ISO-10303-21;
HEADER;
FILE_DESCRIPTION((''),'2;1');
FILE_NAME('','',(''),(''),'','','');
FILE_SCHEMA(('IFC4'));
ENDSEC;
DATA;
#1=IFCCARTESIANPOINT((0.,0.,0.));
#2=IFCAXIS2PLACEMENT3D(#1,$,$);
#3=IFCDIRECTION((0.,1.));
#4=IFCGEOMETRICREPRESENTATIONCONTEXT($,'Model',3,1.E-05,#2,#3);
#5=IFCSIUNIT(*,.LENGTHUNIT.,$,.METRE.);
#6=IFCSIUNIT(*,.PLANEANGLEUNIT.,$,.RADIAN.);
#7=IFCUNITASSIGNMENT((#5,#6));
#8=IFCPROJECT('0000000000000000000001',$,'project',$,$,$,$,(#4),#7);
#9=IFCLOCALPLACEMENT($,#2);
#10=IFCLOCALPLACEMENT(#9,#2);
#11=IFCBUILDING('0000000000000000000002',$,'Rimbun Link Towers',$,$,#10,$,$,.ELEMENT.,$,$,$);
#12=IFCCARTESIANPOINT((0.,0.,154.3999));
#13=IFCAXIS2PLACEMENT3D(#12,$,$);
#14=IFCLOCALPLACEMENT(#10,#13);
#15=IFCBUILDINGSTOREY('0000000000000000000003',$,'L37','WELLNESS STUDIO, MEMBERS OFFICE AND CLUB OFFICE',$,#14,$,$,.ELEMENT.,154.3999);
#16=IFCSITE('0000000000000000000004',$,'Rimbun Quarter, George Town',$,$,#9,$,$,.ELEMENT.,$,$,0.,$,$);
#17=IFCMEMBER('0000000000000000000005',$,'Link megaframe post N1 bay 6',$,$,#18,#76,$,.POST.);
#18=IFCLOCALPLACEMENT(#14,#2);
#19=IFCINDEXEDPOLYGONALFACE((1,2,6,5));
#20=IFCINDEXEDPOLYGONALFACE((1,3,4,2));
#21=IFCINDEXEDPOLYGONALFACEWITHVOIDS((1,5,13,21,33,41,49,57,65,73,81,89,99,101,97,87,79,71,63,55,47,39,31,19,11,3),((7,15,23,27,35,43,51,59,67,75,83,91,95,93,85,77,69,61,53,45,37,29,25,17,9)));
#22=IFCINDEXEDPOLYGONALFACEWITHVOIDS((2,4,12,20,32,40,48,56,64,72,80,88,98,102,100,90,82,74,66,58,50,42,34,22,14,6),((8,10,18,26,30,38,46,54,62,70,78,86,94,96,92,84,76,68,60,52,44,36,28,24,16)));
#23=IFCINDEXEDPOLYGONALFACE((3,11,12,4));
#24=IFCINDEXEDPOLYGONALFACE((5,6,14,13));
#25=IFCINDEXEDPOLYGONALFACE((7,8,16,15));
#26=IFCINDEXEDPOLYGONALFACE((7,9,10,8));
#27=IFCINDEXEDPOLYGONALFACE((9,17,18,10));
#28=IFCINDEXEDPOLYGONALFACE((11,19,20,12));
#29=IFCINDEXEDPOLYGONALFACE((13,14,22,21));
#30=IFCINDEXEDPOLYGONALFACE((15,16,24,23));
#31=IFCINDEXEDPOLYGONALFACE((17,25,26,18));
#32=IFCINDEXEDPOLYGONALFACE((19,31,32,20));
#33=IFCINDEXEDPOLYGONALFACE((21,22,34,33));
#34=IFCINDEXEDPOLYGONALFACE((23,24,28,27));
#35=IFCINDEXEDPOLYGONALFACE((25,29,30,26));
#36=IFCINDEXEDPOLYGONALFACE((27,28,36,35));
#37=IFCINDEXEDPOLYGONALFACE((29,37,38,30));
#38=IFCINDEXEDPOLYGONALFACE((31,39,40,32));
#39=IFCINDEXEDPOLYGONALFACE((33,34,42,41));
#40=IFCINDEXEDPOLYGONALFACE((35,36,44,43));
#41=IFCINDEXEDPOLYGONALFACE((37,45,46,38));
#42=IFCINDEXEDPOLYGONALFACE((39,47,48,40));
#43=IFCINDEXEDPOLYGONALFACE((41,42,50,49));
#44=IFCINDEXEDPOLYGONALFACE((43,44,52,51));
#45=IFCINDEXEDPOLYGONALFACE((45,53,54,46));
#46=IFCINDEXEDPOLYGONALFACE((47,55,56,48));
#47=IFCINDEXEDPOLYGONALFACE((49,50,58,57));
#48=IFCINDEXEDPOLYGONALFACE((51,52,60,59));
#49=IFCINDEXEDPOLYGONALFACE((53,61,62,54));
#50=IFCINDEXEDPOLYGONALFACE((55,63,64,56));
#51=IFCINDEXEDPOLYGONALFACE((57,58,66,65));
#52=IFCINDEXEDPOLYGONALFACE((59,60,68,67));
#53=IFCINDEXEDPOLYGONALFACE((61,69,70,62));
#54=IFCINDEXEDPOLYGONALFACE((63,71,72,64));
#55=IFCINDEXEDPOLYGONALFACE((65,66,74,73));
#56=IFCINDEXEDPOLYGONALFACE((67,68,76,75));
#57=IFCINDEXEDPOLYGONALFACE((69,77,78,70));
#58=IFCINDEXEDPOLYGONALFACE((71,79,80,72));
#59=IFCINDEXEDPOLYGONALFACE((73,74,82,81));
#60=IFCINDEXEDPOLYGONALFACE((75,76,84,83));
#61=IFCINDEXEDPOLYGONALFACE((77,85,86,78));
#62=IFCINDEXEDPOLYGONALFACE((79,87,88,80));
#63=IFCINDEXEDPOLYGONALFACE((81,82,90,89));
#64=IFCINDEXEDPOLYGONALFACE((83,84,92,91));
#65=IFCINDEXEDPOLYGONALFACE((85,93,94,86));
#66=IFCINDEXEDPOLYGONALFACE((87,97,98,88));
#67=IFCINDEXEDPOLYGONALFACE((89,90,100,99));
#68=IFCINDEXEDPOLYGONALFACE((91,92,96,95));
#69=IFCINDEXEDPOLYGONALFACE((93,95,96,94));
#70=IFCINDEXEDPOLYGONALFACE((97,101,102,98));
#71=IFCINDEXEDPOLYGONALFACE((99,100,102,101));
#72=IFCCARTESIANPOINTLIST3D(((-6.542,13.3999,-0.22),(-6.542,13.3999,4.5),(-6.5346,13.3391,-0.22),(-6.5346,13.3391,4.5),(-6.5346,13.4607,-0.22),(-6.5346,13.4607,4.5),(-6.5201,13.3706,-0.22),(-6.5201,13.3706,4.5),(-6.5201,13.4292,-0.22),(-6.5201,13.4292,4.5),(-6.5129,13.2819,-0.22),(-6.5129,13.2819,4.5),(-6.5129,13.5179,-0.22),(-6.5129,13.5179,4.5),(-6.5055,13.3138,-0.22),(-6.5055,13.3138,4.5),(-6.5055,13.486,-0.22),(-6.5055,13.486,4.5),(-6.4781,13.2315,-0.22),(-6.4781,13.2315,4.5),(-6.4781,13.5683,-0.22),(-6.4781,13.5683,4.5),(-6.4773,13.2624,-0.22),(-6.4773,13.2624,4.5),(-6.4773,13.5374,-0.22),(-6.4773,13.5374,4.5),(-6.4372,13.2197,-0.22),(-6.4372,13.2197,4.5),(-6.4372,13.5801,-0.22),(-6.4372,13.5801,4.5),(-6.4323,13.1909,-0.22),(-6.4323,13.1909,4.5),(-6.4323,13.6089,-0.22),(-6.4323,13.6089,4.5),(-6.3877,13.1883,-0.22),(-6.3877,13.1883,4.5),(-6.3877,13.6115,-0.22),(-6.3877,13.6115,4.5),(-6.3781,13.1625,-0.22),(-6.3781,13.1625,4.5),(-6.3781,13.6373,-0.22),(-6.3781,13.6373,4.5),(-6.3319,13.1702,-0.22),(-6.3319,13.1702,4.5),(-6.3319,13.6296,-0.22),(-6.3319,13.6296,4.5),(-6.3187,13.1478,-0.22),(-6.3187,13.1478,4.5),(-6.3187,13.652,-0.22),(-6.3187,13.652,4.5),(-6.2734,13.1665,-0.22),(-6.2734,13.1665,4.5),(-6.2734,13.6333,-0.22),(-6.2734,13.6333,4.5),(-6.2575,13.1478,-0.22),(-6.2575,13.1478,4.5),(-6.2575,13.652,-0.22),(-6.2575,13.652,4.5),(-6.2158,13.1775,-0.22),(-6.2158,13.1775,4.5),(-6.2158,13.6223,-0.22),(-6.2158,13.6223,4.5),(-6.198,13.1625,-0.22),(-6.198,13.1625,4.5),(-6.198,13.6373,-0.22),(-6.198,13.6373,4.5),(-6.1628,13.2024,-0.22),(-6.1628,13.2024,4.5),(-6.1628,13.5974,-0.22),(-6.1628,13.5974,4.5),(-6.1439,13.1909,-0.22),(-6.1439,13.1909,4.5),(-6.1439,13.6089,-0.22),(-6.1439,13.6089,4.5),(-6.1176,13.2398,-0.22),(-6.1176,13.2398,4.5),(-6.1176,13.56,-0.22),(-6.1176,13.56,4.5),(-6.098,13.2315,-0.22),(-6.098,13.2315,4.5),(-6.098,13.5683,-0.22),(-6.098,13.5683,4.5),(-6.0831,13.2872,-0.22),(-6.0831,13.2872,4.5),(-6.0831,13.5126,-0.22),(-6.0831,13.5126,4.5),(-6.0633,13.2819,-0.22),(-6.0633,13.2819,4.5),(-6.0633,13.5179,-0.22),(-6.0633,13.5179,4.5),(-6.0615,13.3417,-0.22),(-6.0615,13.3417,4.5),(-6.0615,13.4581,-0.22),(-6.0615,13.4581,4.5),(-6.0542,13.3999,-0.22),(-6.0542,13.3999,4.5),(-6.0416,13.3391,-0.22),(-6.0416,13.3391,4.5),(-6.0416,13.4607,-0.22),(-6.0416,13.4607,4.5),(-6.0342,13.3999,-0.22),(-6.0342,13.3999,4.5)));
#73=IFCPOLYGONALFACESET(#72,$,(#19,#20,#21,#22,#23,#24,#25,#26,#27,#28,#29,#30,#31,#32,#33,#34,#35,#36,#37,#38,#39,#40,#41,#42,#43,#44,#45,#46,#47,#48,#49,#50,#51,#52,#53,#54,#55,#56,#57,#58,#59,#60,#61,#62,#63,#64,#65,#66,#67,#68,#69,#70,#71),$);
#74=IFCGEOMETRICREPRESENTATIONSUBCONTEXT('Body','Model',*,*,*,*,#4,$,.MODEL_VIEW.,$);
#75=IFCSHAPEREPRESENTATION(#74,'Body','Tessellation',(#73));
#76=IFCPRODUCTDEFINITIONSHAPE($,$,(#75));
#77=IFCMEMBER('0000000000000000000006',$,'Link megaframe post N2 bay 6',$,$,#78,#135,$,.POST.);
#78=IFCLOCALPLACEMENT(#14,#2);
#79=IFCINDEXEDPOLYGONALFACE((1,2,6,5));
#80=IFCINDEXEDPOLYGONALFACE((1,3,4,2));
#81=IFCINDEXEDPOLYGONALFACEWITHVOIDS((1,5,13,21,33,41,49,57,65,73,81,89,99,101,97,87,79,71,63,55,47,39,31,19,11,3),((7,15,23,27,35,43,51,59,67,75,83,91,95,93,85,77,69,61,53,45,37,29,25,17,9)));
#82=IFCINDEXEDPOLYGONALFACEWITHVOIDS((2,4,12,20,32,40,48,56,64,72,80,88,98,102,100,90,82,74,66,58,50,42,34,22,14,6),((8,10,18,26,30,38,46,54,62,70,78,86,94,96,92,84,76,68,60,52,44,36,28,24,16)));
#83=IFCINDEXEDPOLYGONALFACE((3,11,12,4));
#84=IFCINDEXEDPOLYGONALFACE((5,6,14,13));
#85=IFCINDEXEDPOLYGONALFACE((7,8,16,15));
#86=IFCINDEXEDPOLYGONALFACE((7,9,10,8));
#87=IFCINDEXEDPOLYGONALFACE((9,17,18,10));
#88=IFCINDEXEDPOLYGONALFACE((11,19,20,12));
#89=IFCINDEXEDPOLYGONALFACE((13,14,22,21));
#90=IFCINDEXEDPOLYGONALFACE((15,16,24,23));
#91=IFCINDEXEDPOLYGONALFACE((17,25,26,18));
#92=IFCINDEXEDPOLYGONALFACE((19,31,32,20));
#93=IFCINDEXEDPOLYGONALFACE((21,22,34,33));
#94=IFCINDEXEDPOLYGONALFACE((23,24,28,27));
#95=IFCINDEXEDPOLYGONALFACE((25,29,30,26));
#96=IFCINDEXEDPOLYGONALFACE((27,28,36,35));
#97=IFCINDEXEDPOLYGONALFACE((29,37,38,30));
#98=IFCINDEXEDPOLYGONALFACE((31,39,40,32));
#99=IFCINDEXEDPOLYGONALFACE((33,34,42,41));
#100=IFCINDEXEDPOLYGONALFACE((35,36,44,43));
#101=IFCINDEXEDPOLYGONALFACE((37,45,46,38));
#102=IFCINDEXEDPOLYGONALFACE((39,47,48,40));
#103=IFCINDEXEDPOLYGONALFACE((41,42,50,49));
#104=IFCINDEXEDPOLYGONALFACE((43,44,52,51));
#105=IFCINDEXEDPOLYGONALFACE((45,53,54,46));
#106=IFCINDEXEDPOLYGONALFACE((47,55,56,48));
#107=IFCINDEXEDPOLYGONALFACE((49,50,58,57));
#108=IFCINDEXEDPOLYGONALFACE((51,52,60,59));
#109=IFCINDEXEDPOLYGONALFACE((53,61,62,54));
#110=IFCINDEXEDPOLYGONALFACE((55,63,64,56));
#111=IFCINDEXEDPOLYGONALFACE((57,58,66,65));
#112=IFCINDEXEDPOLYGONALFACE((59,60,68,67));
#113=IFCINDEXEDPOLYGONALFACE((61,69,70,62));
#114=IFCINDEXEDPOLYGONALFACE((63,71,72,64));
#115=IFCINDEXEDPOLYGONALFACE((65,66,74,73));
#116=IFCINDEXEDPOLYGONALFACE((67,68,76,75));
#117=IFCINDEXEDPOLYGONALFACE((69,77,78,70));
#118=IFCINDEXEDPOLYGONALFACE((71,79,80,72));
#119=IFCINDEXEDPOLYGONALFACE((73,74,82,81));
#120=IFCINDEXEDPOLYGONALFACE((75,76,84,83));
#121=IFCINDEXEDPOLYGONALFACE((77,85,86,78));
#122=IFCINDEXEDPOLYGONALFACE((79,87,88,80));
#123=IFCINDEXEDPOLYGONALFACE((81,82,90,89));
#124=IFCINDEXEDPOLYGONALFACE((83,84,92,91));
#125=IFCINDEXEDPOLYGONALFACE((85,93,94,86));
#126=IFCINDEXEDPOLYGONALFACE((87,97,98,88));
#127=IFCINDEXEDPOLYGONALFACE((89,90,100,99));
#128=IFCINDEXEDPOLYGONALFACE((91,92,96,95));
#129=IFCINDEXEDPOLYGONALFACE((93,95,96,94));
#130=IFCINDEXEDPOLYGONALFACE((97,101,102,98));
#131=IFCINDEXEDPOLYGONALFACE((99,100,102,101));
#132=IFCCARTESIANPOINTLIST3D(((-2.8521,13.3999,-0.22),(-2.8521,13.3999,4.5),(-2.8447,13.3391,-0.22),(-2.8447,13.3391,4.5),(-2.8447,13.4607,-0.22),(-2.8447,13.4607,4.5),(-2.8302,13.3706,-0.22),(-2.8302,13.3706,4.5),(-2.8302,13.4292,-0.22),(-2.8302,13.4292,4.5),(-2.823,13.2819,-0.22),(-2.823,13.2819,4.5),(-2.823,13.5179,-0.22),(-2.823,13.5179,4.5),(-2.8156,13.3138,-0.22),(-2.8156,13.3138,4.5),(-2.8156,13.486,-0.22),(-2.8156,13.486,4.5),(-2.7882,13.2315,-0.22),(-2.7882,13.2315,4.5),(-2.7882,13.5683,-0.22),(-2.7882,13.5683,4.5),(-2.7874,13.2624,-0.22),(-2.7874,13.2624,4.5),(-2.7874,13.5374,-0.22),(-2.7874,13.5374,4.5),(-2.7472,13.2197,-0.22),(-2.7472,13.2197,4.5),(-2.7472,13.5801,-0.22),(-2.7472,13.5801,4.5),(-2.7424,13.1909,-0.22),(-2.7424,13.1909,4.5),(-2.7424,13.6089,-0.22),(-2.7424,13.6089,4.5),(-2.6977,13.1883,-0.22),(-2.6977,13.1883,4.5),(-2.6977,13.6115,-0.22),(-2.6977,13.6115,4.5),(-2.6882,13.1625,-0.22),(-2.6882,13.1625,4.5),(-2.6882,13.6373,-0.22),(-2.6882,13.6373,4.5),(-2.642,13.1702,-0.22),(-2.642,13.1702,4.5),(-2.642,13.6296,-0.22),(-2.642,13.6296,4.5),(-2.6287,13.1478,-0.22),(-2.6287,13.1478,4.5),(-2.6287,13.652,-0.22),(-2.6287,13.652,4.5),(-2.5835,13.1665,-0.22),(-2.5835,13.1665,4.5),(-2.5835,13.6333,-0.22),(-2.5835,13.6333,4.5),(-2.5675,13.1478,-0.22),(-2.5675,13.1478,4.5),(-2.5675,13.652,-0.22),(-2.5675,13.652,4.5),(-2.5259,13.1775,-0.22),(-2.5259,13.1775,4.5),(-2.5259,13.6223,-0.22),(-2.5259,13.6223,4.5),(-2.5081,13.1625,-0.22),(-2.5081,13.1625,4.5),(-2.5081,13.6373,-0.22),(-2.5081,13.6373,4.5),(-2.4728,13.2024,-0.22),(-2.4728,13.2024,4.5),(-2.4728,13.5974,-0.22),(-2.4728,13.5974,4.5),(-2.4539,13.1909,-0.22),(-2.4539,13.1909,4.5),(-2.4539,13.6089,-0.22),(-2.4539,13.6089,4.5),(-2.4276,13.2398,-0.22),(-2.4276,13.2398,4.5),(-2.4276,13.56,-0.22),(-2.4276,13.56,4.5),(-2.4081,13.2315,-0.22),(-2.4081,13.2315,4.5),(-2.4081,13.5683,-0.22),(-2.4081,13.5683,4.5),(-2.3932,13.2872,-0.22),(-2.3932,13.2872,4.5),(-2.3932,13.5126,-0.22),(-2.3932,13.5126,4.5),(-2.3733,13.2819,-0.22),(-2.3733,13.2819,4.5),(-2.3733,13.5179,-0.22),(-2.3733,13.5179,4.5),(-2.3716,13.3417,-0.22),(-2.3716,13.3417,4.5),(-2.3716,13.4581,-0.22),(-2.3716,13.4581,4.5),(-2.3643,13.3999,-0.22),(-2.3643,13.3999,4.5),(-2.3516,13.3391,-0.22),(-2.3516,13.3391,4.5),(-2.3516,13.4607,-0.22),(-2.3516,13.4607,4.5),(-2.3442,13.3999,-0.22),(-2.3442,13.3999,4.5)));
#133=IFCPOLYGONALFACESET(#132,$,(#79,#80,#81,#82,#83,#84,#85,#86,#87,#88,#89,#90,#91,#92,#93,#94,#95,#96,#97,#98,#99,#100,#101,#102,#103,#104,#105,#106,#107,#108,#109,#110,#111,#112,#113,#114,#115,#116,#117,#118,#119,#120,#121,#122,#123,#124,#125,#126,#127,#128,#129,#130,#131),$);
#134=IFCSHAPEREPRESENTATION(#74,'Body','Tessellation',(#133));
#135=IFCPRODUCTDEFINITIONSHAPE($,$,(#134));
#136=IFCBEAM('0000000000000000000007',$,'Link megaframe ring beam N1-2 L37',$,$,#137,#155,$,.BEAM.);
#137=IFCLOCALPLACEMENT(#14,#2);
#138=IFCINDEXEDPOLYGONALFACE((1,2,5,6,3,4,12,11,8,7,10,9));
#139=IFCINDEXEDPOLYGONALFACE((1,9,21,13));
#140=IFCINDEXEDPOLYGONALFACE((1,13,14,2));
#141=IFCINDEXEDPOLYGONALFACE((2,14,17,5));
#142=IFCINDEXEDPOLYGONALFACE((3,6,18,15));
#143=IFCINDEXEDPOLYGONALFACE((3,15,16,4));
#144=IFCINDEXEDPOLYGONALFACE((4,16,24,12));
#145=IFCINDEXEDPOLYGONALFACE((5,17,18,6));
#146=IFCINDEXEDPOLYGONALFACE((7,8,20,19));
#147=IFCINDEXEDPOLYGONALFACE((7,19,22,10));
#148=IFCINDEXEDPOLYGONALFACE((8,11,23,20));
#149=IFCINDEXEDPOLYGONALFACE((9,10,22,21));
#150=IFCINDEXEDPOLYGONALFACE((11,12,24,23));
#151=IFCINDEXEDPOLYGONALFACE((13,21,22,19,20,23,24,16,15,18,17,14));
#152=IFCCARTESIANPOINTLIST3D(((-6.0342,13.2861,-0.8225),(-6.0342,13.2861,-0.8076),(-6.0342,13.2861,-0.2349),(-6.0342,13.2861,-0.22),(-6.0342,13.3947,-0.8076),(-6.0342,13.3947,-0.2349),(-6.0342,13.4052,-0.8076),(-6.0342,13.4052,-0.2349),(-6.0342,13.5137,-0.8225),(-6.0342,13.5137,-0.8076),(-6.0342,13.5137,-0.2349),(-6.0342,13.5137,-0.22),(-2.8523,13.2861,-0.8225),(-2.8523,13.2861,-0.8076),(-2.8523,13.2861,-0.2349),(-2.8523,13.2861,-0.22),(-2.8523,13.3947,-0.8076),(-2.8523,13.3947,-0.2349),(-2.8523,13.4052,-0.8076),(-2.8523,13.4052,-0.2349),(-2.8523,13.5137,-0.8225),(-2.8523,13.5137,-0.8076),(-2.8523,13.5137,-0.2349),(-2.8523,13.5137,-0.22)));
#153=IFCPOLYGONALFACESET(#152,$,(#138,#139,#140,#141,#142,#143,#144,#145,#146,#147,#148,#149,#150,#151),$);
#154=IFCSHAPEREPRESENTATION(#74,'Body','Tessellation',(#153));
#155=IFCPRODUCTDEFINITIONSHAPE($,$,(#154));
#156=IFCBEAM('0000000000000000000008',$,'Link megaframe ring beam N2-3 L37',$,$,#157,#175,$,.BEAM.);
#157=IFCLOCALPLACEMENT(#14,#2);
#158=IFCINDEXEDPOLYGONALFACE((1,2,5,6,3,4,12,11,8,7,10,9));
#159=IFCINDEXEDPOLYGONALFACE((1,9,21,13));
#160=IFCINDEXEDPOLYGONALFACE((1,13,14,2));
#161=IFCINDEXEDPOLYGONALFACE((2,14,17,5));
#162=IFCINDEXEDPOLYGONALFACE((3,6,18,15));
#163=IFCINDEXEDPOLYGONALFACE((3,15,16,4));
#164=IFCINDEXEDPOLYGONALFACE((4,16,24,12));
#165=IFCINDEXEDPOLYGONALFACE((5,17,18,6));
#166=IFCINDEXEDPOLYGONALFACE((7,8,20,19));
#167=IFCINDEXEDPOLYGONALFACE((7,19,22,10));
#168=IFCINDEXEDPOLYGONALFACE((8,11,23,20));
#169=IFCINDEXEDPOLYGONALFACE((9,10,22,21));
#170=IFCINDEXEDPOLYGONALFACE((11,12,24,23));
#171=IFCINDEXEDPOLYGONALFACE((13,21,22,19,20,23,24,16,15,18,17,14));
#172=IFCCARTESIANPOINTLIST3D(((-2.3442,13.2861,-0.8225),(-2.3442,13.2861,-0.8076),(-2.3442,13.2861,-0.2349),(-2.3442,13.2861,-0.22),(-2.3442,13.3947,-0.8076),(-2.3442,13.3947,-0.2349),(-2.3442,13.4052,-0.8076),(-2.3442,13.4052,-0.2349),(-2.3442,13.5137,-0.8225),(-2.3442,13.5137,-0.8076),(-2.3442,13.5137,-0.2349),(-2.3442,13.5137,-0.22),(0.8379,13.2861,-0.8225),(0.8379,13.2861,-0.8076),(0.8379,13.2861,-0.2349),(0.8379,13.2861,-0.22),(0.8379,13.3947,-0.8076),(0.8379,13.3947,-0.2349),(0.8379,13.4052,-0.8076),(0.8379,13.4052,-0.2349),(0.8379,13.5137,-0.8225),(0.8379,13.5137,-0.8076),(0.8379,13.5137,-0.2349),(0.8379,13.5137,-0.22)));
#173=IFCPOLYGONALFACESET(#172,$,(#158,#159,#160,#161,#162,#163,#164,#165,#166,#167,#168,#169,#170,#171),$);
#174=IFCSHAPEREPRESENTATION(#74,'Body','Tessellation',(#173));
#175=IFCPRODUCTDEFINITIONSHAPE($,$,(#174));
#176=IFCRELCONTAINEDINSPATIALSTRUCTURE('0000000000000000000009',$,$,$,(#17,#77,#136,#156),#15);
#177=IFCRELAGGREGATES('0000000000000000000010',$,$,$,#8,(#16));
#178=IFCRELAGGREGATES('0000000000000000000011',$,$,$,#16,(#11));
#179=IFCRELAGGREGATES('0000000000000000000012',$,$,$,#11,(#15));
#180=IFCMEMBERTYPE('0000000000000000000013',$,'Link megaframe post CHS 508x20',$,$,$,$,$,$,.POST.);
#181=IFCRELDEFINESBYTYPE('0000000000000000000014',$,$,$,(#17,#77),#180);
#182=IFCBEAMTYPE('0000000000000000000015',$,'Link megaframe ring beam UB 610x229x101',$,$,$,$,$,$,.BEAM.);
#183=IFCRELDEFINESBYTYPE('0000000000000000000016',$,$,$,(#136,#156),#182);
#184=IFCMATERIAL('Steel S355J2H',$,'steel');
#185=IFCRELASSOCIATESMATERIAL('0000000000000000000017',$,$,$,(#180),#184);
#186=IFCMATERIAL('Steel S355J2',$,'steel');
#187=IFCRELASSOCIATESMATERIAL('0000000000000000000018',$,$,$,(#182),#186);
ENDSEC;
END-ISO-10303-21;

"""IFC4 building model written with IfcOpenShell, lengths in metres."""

from ifc_helpers import new_model, si_unit, direction, frame, origin, origin_2d, place, context, subcontext, project, spatial, hollow_circle, i_section, extrude, material, material_profile, profile_set, type_object, element, save


model = new_model("IFC4")

# Units and contexts
model_context = context("Model", 3, precision=1e-05, world=origin(), true_north=direction((0.0, 1.0)))
body_context = subcontext(model_context, "Body", "Model", "MODEL_VIEW")
ifc_project = project(units=[si_unit("LENGTHUNIT", "METRE"), si_unit("PLANEANGLEUNIT", "RADIAN")], contexts=[model_context])

# Site, building, storey
site_placement = place(None, origin())
site = spatial("IfcSite", under=ifc_project, at=site_placement, Name="Rimbun Quarter, George Town", CompositionType="ELEMENT", RefElevation=0.0)
building_placement = place(site_placement, origin())
building = spatial("IfcBuilding", under=site, at=building_placement, Name="Rimbun Link Towers", CompositionType="ELEMENT")
storey_placement = place(building_placement, frame((0.0, 0.0, 154.3999)))
storey = spatial("IfcBuildingStorey", under=building, at=storey_placement, Name="L37", Description="WELLNESS STUDIO, MEMBERS OFFICE AND CLUB OFFICE", CompositionType="ELEMENT", Elevation=154.3999)

# Members
ifc_material_1 = material(Name="Steel S355J2H", Category="steel")
ifc_material_profile_1 = material_profile(ifc_material_1, hollow_circle(Radius=0.2539, WallThickness=0.02, at=origin_2d()), Name="CHS 508x20")
ifc_profile_set_1 = profile_set([ifc_material_profile_1], Name="Steel S355J2H")
member_type_1 = type_object("IfcMemberType", Name="Link megaframe post CHS 508x20", PredefinedType="POST", material=ifc_profile_set_1)
for number, where, z_axis, x_axis, name in (
    (1, (-6.2881, 13.3999, -0.22), (0.0, 0.0, 1.0), (1.0, 0.0, 0.0), "Link megaframe post N1 bay 6"),
    (2, (-2.5981, 13.3999, -0.22), (0.0, 0.0, 1.0), (1.0, 0.0, 0.0), "Link megaframe post N2 bay 6"),
):
    element("IfcMember", number, at=place(storey_placement, frame(where, z_axis=z_axis, x_axis=x_axis)), inside=storey, type_object=member_type_1, Name=name, PredefinedType="POST", context=body_context, shape_type="SweptSolid", body=[
        extrude(hollow_circle(Radius=0.2539, WallThickness=0.02, at=origin_2d()), origin(), (0.0, 0.0, 1.0), 4.72),
    ])

# Beams
ifc_material_2 = material(Name="Steel S355J2", Category="steel")
ifc_material_profile_2 = material_profile(ifc_material_2, i_section(OverallWidth=0.2275, OverallDepth=0.6025, WebThickness=0.0105, FlangeThickness=0.0149, at=origin_2d()), Name="UB 610x229x101")
ifc_profile_set_2 = profile_set([ifc_material_profile_2], Name="Steel S355J2")
beam_type_1 = type_object("IfcBeamType", Name="Link megaframe ring beam UB 610x229x101", PredefinedType="BEAM", material=ifc_profile_set_2)
beam_1_placement = place(storey_placement, frame((-6.0342, 13.3999, -0.5212), z_axis=(1.0, 0.0, 0.0), x_axis=(0.0, 1.0, 0.0)))
element("IfcBeam", 3, at=beam_1_placement, inside=storey, type_object=beam_type_1, Name="Link megaframe ring beam N1-2 L37", PredefinedType="BEAM", context=body_context, shape_type="SweptSolid", body=[
    extrude(i_section(OverallWidth=0.2275, OverallDepth=0.6025, WebThickness=0.0105, FlangeThickness=0.0149, at=origin_2d()), origin(), (0.0, 0.0, 1.0), 3.1819),
])
beam_2_placement = place(storey_placement, frame((-2.3442, 13.3999, -0.5212), z_axis=(1.0, 0.0, 0.0), x_axis=(0.0, 1.0, 0.0)))
element("IfcBeam", 4, at=beam_2_placement, inside=storey, type_object=beam_type_1, Name="Link megaframe ring beam N2-3 L37", PredefinedType="BEAM", context=body_context, shape_type="SweptSolid", body=[
    extrude(i_section(OverallWidth=0.2275, OverallDepth=0.6025, WebThickness=0.0105, FlangeThickness=0.0149, at=origin_2d()), origin(), (0.0, 0.0, 1.0), 3.1821),
])

save(model, "model.ifc")
